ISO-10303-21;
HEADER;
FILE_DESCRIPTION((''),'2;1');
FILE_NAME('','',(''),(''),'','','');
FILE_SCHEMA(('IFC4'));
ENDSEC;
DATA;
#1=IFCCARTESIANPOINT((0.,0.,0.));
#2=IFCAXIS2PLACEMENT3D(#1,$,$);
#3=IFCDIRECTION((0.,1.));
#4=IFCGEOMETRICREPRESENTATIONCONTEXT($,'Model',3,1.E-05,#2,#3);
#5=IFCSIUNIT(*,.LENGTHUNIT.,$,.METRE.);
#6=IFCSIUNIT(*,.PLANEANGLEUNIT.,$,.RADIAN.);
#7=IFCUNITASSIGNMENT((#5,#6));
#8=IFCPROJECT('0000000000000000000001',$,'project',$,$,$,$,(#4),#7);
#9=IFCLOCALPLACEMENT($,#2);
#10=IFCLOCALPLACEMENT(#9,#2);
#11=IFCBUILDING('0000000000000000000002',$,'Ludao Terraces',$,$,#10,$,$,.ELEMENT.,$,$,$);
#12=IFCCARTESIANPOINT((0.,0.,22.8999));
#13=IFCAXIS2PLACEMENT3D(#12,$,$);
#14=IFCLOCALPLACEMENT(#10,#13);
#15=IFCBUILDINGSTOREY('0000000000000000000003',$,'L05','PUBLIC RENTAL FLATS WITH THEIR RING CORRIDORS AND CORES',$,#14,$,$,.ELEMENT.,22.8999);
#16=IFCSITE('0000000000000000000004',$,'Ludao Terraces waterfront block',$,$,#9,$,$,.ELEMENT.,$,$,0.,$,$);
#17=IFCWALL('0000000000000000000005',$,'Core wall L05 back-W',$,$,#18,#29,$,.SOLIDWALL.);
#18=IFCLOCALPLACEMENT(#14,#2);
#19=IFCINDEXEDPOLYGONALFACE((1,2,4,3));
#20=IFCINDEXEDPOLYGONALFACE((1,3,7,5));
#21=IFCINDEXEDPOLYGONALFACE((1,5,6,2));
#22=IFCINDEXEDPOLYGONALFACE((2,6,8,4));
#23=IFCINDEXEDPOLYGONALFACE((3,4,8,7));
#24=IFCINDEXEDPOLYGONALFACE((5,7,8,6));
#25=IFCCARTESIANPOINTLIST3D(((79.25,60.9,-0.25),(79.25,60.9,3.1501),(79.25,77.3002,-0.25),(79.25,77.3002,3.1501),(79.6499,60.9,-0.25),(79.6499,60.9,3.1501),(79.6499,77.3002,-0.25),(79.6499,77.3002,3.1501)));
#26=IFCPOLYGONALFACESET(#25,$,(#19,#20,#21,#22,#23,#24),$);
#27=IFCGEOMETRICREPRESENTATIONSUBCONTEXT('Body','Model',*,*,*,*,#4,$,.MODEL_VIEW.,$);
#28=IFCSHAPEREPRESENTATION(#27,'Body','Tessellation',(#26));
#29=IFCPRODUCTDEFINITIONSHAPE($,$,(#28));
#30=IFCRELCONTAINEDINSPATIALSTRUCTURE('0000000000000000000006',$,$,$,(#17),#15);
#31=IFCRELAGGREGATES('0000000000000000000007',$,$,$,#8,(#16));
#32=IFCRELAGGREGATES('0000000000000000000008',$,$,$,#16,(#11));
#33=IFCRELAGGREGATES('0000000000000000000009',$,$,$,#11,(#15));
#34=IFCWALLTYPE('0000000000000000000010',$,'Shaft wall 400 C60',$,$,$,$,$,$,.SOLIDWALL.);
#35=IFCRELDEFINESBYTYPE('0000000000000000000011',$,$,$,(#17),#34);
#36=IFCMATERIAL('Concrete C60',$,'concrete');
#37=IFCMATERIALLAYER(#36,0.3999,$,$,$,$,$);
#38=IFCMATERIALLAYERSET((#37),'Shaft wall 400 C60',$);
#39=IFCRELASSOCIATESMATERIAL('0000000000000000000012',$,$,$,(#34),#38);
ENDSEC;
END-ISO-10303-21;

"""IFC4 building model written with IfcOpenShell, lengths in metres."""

from ifc_helpers import new_model, si_unit, direction, frame, frame_2d, origin, place, context, subcontext, project, spatial, rectangle, extrude, material, layer, layer_set, type_object, element, save


model = new_model("IFC4")

# Units and contexts
model_context = context("Model", 3, precision=1e-05, world=origin(), true_north=direction((0.0, 1.0)))
body_context = subcontext(model_context, "Body", "Model", "MODEL_VIEW")
ifc_project = project(units=[si_unit("LENGTHUNIT", "METRE"), si_unit("PLANEANGLEUNIT", "RADIAN")], contexts=[model_context])

# Site, building, storey
site_placement = place(None, origin())
site = spatial("IfcSite", under=ifc_project, at=site_placement, Name="Ludao Terraces waterfront block", CompositionType="ELEMENT", RefElevation=0.0)
building_placement = place(site_placement, origin())
building = spatial("IfcBuilding", under=site, at=building_placement, Name="Ludao Terraces", CompositionType="ELEMENT")
storey_placement = place(building_placement, frame((0.0, 0.0, 22.8999)))
storey = spatial("IfcBuildingStorey", under=building, at=storey_placement, Name="L05", Description="PUBLIC RENTAL FLATS WITH THEIR RING CORRIDORS AND CORES", CompositionType="ELEMENT", Elevation=22.8999)

# Wall
ifc_material_1 = material(Name="Concrete C60", Category="concrete")
ifc_layer_1 = layer(ifc_material_1, 0.3999)
ifc_layer_set_1 = layer_set([ifc_layer_1], Name="Shaft wall 400 C60")
wall_type_1 = type_object("IfcWallType", Name="Shaft wall 400 C60", PredefinedType="SOLIDWALL", material=ifc_layer_set_1)
wall_1_placement = place(storey_placement, frame((79.45, 60.8999, -0.25), z_axis=(0.0, 0.0, 1.0), x_axis=(0.0, 1.0, 0.0)))
element("IfcWall", 1, at=wall_1_placement, inside=storey, type_object=wall_type_1, Name="Core wall L05 back-W", PredefinedType="SOLIDWALL", context=body_context, shape_type="SweptSolid", body=[
    extrude(rectangle(XDim=16.4001, YDim=0.3999, at=frame_2d((8.2002, 0.0))), origin(), (0.0, 0.0, 1.0), 3.4001),
])

save(model, "model.ifc")
